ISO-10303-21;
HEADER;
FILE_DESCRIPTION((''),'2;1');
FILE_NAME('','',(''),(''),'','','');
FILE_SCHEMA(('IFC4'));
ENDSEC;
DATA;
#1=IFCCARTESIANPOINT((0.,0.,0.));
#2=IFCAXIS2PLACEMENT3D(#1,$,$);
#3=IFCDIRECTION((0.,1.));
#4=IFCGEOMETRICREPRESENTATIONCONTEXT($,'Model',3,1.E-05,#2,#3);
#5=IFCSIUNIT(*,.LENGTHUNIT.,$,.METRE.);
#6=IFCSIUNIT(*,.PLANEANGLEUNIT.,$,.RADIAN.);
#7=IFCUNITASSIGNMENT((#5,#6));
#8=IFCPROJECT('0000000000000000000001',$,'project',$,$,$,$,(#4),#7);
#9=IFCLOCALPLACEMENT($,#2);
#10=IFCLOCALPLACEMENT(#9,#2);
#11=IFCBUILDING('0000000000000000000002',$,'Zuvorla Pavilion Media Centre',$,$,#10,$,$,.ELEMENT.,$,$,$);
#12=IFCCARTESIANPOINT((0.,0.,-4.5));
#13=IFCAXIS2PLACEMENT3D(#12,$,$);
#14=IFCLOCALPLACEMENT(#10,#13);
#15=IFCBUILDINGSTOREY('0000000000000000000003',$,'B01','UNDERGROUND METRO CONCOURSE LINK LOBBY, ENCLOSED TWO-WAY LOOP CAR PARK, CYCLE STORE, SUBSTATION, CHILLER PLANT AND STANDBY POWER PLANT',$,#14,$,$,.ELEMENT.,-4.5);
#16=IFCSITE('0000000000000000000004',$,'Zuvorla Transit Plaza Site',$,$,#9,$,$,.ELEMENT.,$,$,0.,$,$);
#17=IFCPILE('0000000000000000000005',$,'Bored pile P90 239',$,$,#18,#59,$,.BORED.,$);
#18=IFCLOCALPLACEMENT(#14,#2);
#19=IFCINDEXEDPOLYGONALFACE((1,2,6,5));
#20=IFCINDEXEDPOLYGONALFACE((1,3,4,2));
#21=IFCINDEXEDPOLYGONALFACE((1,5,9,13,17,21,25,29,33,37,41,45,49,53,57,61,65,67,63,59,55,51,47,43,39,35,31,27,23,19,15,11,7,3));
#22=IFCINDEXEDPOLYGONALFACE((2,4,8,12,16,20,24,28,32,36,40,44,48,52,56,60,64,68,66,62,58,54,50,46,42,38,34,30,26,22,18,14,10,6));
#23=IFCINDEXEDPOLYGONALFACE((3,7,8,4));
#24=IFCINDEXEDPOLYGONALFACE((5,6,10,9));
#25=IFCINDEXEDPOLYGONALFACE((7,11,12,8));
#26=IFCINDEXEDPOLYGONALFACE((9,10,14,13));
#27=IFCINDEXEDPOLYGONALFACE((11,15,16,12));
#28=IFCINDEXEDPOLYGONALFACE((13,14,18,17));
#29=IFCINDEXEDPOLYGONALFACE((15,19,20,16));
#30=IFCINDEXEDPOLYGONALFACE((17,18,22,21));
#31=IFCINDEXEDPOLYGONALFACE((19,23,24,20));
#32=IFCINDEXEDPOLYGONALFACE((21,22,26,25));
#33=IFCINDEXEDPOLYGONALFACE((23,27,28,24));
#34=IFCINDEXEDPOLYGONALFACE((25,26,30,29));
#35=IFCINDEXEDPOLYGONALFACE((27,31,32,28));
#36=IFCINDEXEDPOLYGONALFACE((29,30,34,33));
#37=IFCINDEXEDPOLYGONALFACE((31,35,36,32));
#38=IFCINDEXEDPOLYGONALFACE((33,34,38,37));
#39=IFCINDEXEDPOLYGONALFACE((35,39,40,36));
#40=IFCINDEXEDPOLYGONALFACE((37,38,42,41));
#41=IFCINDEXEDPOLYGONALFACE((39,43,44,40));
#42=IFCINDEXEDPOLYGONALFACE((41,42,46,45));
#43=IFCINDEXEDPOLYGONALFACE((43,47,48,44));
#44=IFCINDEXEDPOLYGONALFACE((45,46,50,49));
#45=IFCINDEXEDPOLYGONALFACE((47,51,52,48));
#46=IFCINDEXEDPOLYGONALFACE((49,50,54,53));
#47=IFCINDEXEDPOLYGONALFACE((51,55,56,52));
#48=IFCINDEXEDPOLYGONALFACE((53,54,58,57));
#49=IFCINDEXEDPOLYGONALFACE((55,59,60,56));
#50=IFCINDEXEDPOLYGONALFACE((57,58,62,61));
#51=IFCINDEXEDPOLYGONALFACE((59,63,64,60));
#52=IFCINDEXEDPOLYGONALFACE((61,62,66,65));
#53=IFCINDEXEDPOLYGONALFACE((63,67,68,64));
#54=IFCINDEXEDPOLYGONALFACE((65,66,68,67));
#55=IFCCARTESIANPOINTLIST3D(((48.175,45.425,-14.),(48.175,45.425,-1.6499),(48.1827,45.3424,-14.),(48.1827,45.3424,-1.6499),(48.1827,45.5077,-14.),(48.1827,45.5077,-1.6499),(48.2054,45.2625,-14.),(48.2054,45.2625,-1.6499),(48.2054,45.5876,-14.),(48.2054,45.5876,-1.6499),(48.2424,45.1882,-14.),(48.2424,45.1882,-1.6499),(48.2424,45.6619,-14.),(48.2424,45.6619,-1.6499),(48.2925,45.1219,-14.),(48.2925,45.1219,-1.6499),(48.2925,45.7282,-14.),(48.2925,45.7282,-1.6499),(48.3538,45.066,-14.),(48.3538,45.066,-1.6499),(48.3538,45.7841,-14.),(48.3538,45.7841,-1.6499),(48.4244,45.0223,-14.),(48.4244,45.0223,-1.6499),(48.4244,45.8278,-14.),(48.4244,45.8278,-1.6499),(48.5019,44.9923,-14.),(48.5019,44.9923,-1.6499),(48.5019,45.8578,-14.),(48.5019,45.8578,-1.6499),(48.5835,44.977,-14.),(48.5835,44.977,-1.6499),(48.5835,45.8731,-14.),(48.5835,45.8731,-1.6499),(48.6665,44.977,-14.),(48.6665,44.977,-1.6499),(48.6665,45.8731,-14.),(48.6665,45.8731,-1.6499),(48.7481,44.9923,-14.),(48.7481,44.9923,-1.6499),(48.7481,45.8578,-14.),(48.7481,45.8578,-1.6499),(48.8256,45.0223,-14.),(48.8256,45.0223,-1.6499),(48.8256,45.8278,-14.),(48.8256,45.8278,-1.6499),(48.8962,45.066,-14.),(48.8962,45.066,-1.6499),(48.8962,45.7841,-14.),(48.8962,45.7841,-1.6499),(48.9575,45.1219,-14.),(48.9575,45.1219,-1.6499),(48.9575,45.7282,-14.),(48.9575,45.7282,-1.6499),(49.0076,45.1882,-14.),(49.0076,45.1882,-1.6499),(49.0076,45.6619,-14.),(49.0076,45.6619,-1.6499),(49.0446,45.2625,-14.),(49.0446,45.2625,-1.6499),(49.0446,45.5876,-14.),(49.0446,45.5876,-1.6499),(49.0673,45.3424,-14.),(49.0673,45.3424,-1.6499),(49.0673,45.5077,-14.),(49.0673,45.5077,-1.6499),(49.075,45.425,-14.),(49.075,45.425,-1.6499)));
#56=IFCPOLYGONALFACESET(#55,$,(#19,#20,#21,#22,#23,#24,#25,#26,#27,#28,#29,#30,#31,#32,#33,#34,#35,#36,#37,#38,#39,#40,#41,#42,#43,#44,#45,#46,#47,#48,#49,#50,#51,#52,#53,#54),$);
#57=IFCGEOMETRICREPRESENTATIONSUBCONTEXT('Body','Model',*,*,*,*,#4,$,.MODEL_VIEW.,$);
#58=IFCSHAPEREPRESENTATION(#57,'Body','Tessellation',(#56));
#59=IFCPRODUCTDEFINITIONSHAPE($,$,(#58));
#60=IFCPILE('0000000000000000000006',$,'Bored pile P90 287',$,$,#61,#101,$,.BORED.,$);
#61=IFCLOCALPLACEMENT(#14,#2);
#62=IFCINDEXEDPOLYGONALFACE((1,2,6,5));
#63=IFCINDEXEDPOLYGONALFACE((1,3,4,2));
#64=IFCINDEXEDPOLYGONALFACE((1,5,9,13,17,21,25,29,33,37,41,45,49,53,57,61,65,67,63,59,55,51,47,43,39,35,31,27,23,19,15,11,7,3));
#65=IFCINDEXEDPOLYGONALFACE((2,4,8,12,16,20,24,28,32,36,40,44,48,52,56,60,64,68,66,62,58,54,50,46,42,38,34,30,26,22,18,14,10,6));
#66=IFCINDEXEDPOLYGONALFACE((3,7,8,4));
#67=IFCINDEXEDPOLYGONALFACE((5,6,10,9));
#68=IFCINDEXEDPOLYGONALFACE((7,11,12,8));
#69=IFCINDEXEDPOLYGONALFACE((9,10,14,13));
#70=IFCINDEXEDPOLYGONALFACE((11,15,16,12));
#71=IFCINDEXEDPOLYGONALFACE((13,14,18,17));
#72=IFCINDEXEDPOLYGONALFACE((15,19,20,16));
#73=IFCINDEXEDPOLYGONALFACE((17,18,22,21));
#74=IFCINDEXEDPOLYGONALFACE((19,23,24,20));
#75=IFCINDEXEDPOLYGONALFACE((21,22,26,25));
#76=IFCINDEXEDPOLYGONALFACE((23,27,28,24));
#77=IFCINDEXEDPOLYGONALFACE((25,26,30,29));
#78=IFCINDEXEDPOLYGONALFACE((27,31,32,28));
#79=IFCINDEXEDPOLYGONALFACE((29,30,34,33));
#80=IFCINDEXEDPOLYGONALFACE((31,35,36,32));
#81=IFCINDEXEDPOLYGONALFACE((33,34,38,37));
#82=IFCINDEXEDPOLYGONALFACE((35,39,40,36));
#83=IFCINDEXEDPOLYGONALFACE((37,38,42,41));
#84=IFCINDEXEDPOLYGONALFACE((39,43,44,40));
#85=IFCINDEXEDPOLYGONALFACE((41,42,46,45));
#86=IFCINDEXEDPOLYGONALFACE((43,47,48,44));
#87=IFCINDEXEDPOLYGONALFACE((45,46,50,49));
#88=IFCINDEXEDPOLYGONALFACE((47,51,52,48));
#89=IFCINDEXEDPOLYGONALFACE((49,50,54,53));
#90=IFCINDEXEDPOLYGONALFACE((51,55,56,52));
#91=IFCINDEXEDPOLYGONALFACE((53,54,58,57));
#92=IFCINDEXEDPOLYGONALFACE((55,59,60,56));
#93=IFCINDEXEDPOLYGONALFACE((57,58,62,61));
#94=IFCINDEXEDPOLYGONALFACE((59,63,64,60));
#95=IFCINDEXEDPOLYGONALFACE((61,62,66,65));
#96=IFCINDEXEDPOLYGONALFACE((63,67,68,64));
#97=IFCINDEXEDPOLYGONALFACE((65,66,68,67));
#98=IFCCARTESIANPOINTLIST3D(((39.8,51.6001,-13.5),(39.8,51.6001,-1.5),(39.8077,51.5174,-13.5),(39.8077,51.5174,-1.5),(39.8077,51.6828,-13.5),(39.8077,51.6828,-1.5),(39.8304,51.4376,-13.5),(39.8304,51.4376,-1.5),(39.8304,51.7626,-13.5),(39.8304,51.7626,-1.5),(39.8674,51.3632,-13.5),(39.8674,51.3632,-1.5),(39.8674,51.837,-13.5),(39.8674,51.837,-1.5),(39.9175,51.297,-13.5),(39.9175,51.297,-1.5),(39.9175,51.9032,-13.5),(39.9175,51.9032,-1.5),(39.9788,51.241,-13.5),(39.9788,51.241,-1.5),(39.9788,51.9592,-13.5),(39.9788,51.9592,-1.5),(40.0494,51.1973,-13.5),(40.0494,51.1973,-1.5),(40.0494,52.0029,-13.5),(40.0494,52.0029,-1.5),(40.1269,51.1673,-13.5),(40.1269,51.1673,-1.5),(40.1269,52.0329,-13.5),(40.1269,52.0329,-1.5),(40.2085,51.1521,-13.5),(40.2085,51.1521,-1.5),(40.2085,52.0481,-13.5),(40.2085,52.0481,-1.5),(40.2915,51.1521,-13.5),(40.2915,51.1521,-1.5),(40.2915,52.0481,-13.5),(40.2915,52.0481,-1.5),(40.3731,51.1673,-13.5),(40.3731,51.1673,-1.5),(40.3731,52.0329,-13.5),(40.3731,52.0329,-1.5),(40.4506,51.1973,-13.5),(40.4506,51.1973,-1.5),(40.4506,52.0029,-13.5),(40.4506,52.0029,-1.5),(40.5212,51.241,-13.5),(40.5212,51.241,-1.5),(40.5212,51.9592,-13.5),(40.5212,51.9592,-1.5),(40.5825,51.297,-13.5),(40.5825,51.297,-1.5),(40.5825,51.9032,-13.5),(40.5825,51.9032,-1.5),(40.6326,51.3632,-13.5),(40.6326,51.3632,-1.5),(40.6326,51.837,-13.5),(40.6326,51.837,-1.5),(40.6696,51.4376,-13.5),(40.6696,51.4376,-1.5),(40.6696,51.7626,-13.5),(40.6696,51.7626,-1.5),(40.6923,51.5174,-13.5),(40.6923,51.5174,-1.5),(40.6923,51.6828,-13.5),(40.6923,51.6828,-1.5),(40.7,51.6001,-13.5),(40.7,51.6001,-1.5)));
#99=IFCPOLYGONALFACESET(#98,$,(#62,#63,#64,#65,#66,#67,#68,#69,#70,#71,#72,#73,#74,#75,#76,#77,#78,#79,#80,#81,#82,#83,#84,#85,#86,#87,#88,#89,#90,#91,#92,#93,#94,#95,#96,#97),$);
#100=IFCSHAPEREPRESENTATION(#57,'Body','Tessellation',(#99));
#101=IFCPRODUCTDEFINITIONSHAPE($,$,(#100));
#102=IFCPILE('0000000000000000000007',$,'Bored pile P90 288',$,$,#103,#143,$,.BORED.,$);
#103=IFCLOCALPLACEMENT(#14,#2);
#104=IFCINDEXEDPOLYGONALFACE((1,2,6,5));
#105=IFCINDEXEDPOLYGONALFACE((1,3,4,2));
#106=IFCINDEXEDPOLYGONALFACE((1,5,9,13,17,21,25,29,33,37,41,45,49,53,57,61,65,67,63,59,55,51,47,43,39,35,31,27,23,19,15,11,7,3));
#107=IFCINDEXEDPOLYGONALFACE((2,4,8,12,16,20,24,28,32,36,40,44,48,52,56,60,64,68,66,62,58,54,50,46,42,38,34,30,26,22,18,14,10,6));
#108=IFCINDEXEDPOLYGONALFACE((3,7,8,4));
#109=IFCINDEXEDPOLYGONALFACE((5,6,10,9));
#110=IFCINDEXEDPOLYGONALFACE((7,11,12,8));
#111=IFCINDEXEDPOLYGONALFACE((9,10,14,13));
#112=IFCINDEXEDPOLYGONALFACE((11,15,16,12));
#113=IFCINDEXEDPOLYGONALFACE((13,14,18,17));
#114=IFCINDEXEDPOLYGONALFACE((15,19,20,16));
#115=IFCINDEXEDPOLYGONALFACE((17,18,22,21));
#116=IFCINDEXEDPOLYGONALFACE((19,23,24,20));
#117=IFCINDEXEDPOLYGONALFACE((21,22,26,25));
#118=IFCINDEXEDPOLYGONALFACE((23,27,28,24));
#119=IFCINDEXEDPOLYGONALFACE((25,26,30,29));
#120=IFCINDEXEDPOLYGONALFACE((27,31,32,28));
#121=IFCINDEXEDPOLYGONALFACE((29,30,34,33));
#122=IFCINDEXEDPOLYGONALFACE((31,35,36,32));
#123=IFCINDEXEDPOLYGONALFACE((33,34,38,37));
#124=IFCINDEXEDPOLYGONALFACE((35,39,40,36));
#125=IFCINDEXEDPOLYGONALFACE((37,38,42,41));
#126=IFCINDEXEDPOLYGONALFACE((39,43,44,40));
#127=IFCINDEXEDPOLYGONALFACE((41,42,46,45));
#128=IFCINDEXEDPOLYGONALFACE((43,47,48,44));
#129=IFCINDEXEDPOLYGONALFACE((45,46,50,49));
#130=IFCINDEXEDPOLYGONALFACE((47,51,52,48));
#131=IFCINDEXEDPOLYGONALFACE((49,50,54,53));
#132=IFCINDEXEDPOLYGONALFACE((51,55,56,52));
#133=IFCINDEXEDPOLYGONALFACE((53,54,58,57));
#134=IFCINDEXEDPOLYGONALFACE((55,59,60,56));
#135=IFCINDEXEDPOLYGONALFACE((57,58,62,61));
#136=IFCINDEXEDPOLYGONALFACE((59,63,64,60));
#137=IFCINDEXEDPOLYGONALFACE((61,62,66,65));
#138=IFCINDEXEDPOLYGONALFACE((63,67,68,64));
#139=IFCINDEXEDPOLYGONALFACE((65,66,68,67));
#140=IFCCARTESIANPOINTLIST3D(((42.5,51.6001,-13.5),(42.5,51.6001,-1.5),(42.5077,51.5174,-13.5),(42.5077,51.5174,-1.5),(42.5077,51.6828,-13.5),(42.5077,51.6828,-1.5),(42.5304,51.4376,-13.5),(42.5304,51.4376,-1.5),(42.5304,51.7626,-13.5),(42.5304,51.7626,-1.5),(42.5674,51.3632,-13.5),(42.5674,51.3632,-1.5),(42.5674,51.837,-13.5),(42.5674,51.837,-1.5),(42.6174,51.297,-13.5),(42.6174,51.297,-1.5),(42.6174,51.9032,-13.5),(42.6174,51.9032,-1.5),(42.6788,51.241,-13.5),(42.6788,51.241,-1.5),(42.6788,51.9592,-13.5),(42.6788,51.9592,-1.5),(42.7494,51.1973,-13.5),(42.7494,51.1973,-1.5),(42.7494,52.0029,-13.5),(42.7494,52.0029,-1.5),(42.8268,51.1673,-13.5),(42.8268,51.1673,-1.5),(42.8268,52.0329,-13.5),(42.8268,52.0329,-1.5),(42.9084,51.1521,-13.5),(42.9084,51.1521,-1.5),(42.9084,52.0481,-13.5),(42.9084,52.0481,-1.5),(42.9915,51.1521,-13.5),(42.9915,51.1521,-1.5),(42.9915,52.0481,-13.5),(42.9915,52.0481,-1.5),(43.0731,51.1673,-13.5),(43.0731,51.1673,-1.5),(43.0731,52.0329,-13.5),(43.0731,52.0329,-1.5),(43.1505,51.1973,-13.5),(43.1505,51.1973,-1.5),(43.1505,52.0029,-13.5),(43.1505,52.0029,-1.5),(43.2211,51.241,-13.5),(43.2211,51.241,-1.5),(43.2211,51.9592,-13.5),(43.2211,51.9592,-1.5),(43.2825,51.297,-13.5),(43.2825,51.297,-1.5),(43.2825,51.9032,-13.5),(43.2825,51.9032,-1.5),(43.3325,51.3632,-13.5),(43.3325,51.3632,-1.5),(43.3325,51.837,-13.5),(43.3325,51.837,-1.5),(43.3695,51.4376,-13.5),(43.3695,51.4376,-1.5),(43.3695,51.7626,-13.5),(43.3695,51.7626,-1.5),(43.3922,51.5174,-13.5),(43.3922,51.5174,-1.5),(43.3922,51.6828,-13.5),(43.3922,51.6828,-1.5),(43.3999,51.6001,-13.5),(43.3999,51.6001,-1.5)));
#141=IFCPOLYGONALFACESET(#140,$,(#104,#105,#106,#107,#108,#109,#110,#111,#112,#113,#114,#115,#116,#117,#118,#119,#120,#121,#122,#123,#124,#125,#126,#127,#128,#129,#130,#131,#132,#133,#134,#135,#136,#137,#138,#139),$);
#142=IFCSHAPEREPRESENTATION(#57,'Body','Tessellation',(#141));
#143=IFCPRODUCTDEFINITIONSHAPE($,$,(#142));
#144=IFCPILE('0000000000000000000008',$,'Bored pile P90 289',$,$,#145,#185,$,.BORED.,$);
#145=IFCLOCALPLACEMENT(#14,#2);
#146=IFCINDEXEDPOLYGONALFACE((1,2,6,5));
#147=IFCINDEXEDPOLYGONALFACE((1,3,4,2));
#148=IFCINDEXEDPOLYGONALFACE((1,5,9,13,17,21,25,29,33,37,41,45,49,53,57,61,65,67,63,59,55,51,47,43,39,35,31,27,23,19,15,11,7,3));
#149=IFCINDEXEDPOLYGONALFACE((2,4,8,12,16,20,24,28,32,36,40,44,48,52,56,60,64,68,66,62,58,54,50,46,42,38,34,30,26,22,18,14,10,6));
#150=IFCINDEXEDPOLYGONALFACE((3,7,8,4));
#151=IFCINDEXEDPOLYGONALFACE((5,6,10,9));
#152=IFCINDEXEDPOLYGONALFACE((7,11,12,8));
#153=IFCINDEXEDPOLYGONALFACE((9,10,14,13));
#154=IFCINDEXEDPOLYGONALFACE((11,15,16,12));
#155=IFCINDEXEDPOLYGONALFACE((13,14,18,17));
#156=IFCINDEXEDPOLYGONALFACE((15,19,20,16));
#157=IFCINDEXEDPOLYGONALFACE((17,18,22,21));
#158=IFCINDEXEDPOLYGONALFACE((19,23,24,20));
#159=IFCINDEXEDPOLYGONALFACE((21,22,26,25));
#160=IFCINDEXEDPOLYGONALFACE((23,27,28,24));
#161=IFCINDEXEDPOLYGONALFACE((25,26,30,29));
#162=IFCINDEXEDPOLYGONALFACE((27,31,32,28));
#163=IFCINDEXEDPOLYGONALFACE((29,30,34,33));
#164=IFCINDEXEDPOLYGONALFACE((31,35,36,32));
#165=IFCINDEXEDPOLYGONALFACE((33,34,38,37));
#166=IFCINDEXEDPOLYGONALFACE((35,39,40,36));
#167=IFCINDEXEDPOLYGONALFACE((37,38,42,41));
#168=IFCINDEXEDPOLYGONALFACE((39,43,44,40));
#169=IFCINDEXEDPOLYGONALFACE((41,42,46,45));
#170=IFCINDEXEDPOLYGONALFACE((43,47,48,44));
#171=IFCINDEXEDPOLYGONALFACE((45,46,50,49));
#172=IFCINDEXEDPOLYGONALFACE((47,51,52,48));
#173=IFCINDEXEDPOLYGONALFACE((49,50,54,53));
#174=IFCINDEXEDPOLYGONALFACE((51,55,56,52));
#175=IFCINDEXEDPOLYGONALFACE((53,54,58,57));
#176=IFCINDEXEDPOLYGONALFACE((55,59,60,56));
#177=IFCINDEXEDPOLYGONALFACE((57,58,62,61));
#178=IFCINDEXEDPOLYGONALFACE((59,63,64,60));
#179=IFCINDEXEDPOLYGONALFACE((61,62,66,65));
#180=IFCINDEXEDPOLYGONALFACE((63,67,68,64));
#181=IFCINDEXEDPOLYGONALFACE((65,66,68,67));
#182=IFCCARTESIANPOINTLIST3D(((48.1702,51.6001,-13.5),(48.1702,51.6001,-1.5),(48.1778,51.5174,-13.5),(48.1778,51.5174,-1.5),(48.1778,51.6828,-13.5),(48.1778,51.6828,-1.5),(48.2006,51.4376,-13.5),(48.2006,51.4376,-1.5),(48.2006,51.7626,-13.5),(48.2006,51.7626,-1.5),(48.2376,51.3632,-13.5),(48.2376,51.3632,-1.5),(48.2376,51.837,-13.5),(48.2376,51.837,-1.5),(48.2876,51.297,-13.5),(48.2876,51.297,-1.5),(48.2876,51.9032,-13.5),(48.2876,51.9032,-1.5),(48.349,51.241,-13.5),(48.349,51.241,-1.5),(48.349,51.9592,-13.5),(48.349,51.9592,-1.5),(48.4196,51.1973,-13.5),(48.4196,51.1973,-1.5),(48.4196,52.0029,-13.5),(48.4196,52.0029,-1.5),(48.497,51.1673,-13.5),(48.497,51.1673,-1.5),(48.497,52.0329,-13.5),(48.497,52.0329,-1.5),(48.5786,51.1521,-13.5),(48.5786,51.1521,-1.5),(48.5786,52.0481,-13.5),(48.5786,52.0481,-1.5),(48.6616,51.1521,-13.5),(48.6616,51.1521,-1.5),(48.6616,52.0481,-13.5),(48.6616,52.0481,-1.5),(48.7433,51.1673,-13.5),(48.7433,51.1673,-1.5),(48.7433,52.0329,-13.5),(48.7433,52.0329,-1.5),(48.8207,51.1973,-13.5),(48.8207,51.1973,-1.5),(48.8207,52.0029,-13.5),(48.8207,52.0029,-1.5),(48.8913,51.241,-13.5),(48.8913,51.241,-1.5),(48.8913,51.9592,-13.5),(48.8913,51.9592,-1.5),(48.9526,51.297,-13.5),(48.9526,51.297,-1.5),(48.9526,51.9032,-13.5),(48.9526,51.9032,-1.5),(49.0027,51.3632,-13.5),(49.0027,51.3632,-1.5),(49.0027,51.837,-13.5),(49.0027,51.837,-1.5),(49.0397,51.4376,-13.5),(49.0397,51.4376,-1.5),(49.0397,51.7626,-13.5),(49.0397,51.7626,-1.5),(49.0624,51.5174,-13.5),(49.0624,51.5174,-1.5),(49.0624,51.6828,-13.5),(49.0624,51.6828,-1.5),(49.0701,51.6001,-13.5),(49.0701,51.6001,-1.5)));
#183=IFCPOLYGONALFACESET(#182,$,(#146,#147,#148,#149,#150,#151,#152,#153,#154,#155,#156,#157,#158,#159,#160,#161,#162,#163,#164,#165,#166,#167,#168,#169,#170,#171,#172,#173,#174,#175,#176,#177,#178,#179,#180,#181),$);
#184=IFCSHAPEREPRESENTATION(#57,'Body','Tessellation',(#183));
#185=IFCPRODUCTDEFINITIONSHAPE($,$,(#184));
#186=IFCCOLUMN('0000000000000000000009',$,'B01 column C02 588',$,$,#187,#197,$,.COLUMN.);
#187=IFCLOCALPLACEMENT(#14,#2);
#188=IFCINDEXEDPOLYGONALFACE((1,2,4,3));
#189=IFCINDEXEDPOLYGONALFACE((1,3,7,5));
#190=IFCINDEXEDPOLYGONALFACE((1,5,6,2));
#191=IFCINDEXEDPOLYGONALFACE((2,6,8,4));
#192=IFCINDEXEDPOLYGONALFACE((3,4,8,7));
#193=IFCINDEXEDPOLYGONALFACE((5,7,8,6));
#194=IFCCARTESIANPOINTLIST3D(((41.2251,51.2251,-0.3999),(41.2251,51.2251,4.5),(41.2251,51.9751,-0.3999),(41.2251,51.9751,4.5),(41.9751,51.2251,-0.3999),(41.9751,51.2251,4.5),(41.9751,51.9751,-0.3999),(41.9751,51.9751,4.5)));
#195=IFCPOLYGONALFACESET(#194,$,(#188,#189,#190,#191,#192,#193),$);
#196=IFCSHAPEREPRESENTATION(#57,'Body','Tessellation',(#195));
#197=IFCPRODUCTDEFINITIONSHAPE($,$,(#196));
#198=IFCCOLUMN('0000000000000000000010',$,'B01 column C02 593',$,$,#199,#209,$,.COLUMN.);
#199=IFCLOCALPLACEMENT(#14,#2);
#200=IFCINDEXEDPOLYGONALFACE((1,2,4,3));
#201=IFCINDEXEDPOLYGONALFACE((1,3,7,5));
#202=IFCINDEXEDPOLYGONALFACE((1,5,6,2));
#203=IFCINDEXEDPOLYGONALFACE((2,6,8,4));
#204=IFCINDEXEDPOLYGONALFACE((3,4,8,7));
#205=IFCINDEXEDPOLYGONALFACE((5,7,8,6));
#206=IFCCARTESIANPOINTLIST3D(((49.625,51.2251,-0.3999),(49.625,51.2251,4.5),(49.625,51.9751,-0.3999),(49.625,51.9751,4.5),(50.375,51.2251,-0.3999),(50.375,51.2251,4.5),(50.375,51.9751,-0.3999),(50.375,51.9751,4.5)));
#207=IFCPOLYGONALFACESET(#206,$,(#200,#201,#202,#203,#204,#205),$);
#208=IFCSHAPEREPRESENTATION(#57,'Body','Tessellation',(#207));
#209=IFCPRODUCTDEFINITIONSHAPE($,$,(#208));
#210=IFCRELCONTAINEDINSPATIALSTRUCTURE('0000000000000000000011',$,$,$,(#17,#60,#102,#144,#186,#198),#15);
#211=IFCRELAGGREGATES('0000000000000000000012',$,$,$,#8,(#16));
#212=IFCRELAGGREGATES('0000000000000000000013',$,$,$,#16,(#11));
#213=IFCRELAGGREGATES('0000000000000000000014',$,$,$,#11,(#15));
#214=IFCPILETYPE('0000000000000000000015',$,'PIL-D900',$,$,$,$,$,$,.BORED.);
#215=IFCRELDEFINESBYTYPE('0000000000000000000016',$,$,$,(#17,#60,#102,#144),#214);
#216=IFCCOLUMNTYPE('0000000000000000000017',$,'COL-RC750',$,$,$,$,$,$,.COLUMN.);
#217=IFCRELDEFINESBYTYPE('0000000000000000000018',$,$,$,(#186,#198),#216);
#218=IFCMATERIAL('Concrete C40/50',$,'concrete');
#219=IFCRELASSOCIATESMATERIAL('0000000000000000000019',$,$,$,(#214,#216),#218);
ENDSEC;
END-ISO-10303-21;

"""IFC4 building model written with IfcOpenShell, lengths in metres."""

from ifc_helpers import new_model, si_unit, direction, frame, origin, origin_2d, place, context, subcontext, project, spatial, rectangle, circle, extrude, material, material_profile, profile_set, type_object, element, save


model = new_model("IFC4")

# Units and contexts
model_context = context("Model", 3, precision=1e-05, world=origin(), true_north=direction((0.0, 1.0)))
body_context = subcontext(model_context, "Body", "Model", "MODEL_VIEW")
ifc_project = project(units=[si_unit("LENGTHUNIT", "METRE"), si_unit("PLANEANGLEUNIT", "RADIAN")], contexts=[model_context])

# Site, building, storey
site_placement = place(None, origin())
site = spatial("IfcSite", under=ifc_project, at=site_placement, Name="Zuvorla Transit Plaza Site", CompositionType="ELEMENT", RefElevation=0.0)
building_placement = place(site_placement, origin())
building = spatial("IfcBuilding", under=site, at=building_placement, Name="Zuvorla Pavilion Media Centre", CompositionType="ELEMENT")
storey_placement = place(building_placement, frame((0.0, 0.0, -4.5)))
storey = spatial("IfcBuildingStorey", under=building, at=storey_placement, Name="B01", Description="UNDERGROUND METRO CONCOURSE LINK LOBBY, ENCLOSED TWO-WAY LOOP CAR PARK, CYCLE STORE, SUBSTATION, CHILLER PLANT AND STANDBY POWER PLANT", CompositionType="ELEMENT", Elevation=-4.5)

# Shared definitions
ifc_material_1 = material(Name="Concrete C40/50", Category="concrete")

# Piles
ifc_material_profile_1 = material_profile(ifc_material_1, circle(Radius=0.45, at=origin_2d()), Name="BORED PILE 900")
ifc_profile_set_1 = profile_set([ifc_material_profile_1], Name="Concrete C40/50")
pile_type_1 = type_object("IfcPileType", Name="PIL-D900", PredefinedType="BORED", material=ifc_profile_set_1)
pile_placement = place(storey_placement, frame((48.625, 45.425, -1.6499), z_axis=(0.0, 0.0, -1.0), x_axis=(1.0, 0.0, 0.0)))
element("IfcPile", 1, at=pile_placement, inside=storey, type_object=pile_type_1, Name="Bored pile P90 239", PredefinedType="BORED", context=body_context, shape_type="SweptSolid", body=[
    extrude(circle(Radius=0.45, at=origin_2d()), origin(), (0.0, 0.0, 1.0), 12.3501),
])
for number, where, z_axis, x_axis, name in (
    (2, (40.25, 51.6001, -1.5), (0.0, 0.0, -1.0), (1.0, 0.0, 0.0), "Bored pile P90 287"),
    (3, (42.95, 51.6001, -1.5), (0.0, 0.0, -1.0), (1.0, 0.0, 0.0), "Bored pile P90 288"),
    (4, (48.6201, 51.6001, -1.5), (0.0, 0.0, -1.0), (1.0, 0.0, 0.0), "Bored pile P90 289"),
):
    element("IfcPile", number, at=place(storey_placement, frame(where, z_axis=z_axis, x_axis=x_axis)), inside=storey, type_object=pile_type_1, Name=name, PredefinedType="BORED", context=body_context, shape_type="SweptSolid", body=[
        extrude(circle(Radius=0.45, at=origin_2d()), origin(), (0.0, 0.0, 1.0), 12.0),
    ])

# Columns
ifc_material_profile_2 = material_profile(ifc_material_1, rectangle(XDim=0.75, YDim=0.75, at=origin_2d()), Name="RC 750x750")
ifc_profile_set_2 = profile_set([ifc_material_profile_2], Name="Concrete C40/50")
column_type = type_object("IfcColumnType", Name="COL-RC750", PredefinedType="COLUMN", material=ifc_profile_set_2)
for number, where, z_axis, x_axis, name in (
    (5, (41.6001, 51.6001, -0.3999), (0.0, 0.0, 1.0), (1.0, 0.0, 0.0), "B01 column C02 588"),
    (6, (50.0, 51.6001, -0.3999), (0.0, 0.0, 1.0), (1.0, 0.0, 0.0), "B01 column C02 593"),
):
    element("IfcColumn", number, at=place(storey_placement, frame(where, z_axis=z_axis, x_axis=x_axis)), inside=storey, type_object=column_type, Name=name, PredefinedType="COLUMN", context=body_context, shape_type="SweptSolid", body=[
        extrude(rectangle(XDim=0.75, YDim=0.75, at=origin_2d()), origin(), (0.0, 0.0, 1.0), 4.8999),
    ])

save(model, "model.ifc")
